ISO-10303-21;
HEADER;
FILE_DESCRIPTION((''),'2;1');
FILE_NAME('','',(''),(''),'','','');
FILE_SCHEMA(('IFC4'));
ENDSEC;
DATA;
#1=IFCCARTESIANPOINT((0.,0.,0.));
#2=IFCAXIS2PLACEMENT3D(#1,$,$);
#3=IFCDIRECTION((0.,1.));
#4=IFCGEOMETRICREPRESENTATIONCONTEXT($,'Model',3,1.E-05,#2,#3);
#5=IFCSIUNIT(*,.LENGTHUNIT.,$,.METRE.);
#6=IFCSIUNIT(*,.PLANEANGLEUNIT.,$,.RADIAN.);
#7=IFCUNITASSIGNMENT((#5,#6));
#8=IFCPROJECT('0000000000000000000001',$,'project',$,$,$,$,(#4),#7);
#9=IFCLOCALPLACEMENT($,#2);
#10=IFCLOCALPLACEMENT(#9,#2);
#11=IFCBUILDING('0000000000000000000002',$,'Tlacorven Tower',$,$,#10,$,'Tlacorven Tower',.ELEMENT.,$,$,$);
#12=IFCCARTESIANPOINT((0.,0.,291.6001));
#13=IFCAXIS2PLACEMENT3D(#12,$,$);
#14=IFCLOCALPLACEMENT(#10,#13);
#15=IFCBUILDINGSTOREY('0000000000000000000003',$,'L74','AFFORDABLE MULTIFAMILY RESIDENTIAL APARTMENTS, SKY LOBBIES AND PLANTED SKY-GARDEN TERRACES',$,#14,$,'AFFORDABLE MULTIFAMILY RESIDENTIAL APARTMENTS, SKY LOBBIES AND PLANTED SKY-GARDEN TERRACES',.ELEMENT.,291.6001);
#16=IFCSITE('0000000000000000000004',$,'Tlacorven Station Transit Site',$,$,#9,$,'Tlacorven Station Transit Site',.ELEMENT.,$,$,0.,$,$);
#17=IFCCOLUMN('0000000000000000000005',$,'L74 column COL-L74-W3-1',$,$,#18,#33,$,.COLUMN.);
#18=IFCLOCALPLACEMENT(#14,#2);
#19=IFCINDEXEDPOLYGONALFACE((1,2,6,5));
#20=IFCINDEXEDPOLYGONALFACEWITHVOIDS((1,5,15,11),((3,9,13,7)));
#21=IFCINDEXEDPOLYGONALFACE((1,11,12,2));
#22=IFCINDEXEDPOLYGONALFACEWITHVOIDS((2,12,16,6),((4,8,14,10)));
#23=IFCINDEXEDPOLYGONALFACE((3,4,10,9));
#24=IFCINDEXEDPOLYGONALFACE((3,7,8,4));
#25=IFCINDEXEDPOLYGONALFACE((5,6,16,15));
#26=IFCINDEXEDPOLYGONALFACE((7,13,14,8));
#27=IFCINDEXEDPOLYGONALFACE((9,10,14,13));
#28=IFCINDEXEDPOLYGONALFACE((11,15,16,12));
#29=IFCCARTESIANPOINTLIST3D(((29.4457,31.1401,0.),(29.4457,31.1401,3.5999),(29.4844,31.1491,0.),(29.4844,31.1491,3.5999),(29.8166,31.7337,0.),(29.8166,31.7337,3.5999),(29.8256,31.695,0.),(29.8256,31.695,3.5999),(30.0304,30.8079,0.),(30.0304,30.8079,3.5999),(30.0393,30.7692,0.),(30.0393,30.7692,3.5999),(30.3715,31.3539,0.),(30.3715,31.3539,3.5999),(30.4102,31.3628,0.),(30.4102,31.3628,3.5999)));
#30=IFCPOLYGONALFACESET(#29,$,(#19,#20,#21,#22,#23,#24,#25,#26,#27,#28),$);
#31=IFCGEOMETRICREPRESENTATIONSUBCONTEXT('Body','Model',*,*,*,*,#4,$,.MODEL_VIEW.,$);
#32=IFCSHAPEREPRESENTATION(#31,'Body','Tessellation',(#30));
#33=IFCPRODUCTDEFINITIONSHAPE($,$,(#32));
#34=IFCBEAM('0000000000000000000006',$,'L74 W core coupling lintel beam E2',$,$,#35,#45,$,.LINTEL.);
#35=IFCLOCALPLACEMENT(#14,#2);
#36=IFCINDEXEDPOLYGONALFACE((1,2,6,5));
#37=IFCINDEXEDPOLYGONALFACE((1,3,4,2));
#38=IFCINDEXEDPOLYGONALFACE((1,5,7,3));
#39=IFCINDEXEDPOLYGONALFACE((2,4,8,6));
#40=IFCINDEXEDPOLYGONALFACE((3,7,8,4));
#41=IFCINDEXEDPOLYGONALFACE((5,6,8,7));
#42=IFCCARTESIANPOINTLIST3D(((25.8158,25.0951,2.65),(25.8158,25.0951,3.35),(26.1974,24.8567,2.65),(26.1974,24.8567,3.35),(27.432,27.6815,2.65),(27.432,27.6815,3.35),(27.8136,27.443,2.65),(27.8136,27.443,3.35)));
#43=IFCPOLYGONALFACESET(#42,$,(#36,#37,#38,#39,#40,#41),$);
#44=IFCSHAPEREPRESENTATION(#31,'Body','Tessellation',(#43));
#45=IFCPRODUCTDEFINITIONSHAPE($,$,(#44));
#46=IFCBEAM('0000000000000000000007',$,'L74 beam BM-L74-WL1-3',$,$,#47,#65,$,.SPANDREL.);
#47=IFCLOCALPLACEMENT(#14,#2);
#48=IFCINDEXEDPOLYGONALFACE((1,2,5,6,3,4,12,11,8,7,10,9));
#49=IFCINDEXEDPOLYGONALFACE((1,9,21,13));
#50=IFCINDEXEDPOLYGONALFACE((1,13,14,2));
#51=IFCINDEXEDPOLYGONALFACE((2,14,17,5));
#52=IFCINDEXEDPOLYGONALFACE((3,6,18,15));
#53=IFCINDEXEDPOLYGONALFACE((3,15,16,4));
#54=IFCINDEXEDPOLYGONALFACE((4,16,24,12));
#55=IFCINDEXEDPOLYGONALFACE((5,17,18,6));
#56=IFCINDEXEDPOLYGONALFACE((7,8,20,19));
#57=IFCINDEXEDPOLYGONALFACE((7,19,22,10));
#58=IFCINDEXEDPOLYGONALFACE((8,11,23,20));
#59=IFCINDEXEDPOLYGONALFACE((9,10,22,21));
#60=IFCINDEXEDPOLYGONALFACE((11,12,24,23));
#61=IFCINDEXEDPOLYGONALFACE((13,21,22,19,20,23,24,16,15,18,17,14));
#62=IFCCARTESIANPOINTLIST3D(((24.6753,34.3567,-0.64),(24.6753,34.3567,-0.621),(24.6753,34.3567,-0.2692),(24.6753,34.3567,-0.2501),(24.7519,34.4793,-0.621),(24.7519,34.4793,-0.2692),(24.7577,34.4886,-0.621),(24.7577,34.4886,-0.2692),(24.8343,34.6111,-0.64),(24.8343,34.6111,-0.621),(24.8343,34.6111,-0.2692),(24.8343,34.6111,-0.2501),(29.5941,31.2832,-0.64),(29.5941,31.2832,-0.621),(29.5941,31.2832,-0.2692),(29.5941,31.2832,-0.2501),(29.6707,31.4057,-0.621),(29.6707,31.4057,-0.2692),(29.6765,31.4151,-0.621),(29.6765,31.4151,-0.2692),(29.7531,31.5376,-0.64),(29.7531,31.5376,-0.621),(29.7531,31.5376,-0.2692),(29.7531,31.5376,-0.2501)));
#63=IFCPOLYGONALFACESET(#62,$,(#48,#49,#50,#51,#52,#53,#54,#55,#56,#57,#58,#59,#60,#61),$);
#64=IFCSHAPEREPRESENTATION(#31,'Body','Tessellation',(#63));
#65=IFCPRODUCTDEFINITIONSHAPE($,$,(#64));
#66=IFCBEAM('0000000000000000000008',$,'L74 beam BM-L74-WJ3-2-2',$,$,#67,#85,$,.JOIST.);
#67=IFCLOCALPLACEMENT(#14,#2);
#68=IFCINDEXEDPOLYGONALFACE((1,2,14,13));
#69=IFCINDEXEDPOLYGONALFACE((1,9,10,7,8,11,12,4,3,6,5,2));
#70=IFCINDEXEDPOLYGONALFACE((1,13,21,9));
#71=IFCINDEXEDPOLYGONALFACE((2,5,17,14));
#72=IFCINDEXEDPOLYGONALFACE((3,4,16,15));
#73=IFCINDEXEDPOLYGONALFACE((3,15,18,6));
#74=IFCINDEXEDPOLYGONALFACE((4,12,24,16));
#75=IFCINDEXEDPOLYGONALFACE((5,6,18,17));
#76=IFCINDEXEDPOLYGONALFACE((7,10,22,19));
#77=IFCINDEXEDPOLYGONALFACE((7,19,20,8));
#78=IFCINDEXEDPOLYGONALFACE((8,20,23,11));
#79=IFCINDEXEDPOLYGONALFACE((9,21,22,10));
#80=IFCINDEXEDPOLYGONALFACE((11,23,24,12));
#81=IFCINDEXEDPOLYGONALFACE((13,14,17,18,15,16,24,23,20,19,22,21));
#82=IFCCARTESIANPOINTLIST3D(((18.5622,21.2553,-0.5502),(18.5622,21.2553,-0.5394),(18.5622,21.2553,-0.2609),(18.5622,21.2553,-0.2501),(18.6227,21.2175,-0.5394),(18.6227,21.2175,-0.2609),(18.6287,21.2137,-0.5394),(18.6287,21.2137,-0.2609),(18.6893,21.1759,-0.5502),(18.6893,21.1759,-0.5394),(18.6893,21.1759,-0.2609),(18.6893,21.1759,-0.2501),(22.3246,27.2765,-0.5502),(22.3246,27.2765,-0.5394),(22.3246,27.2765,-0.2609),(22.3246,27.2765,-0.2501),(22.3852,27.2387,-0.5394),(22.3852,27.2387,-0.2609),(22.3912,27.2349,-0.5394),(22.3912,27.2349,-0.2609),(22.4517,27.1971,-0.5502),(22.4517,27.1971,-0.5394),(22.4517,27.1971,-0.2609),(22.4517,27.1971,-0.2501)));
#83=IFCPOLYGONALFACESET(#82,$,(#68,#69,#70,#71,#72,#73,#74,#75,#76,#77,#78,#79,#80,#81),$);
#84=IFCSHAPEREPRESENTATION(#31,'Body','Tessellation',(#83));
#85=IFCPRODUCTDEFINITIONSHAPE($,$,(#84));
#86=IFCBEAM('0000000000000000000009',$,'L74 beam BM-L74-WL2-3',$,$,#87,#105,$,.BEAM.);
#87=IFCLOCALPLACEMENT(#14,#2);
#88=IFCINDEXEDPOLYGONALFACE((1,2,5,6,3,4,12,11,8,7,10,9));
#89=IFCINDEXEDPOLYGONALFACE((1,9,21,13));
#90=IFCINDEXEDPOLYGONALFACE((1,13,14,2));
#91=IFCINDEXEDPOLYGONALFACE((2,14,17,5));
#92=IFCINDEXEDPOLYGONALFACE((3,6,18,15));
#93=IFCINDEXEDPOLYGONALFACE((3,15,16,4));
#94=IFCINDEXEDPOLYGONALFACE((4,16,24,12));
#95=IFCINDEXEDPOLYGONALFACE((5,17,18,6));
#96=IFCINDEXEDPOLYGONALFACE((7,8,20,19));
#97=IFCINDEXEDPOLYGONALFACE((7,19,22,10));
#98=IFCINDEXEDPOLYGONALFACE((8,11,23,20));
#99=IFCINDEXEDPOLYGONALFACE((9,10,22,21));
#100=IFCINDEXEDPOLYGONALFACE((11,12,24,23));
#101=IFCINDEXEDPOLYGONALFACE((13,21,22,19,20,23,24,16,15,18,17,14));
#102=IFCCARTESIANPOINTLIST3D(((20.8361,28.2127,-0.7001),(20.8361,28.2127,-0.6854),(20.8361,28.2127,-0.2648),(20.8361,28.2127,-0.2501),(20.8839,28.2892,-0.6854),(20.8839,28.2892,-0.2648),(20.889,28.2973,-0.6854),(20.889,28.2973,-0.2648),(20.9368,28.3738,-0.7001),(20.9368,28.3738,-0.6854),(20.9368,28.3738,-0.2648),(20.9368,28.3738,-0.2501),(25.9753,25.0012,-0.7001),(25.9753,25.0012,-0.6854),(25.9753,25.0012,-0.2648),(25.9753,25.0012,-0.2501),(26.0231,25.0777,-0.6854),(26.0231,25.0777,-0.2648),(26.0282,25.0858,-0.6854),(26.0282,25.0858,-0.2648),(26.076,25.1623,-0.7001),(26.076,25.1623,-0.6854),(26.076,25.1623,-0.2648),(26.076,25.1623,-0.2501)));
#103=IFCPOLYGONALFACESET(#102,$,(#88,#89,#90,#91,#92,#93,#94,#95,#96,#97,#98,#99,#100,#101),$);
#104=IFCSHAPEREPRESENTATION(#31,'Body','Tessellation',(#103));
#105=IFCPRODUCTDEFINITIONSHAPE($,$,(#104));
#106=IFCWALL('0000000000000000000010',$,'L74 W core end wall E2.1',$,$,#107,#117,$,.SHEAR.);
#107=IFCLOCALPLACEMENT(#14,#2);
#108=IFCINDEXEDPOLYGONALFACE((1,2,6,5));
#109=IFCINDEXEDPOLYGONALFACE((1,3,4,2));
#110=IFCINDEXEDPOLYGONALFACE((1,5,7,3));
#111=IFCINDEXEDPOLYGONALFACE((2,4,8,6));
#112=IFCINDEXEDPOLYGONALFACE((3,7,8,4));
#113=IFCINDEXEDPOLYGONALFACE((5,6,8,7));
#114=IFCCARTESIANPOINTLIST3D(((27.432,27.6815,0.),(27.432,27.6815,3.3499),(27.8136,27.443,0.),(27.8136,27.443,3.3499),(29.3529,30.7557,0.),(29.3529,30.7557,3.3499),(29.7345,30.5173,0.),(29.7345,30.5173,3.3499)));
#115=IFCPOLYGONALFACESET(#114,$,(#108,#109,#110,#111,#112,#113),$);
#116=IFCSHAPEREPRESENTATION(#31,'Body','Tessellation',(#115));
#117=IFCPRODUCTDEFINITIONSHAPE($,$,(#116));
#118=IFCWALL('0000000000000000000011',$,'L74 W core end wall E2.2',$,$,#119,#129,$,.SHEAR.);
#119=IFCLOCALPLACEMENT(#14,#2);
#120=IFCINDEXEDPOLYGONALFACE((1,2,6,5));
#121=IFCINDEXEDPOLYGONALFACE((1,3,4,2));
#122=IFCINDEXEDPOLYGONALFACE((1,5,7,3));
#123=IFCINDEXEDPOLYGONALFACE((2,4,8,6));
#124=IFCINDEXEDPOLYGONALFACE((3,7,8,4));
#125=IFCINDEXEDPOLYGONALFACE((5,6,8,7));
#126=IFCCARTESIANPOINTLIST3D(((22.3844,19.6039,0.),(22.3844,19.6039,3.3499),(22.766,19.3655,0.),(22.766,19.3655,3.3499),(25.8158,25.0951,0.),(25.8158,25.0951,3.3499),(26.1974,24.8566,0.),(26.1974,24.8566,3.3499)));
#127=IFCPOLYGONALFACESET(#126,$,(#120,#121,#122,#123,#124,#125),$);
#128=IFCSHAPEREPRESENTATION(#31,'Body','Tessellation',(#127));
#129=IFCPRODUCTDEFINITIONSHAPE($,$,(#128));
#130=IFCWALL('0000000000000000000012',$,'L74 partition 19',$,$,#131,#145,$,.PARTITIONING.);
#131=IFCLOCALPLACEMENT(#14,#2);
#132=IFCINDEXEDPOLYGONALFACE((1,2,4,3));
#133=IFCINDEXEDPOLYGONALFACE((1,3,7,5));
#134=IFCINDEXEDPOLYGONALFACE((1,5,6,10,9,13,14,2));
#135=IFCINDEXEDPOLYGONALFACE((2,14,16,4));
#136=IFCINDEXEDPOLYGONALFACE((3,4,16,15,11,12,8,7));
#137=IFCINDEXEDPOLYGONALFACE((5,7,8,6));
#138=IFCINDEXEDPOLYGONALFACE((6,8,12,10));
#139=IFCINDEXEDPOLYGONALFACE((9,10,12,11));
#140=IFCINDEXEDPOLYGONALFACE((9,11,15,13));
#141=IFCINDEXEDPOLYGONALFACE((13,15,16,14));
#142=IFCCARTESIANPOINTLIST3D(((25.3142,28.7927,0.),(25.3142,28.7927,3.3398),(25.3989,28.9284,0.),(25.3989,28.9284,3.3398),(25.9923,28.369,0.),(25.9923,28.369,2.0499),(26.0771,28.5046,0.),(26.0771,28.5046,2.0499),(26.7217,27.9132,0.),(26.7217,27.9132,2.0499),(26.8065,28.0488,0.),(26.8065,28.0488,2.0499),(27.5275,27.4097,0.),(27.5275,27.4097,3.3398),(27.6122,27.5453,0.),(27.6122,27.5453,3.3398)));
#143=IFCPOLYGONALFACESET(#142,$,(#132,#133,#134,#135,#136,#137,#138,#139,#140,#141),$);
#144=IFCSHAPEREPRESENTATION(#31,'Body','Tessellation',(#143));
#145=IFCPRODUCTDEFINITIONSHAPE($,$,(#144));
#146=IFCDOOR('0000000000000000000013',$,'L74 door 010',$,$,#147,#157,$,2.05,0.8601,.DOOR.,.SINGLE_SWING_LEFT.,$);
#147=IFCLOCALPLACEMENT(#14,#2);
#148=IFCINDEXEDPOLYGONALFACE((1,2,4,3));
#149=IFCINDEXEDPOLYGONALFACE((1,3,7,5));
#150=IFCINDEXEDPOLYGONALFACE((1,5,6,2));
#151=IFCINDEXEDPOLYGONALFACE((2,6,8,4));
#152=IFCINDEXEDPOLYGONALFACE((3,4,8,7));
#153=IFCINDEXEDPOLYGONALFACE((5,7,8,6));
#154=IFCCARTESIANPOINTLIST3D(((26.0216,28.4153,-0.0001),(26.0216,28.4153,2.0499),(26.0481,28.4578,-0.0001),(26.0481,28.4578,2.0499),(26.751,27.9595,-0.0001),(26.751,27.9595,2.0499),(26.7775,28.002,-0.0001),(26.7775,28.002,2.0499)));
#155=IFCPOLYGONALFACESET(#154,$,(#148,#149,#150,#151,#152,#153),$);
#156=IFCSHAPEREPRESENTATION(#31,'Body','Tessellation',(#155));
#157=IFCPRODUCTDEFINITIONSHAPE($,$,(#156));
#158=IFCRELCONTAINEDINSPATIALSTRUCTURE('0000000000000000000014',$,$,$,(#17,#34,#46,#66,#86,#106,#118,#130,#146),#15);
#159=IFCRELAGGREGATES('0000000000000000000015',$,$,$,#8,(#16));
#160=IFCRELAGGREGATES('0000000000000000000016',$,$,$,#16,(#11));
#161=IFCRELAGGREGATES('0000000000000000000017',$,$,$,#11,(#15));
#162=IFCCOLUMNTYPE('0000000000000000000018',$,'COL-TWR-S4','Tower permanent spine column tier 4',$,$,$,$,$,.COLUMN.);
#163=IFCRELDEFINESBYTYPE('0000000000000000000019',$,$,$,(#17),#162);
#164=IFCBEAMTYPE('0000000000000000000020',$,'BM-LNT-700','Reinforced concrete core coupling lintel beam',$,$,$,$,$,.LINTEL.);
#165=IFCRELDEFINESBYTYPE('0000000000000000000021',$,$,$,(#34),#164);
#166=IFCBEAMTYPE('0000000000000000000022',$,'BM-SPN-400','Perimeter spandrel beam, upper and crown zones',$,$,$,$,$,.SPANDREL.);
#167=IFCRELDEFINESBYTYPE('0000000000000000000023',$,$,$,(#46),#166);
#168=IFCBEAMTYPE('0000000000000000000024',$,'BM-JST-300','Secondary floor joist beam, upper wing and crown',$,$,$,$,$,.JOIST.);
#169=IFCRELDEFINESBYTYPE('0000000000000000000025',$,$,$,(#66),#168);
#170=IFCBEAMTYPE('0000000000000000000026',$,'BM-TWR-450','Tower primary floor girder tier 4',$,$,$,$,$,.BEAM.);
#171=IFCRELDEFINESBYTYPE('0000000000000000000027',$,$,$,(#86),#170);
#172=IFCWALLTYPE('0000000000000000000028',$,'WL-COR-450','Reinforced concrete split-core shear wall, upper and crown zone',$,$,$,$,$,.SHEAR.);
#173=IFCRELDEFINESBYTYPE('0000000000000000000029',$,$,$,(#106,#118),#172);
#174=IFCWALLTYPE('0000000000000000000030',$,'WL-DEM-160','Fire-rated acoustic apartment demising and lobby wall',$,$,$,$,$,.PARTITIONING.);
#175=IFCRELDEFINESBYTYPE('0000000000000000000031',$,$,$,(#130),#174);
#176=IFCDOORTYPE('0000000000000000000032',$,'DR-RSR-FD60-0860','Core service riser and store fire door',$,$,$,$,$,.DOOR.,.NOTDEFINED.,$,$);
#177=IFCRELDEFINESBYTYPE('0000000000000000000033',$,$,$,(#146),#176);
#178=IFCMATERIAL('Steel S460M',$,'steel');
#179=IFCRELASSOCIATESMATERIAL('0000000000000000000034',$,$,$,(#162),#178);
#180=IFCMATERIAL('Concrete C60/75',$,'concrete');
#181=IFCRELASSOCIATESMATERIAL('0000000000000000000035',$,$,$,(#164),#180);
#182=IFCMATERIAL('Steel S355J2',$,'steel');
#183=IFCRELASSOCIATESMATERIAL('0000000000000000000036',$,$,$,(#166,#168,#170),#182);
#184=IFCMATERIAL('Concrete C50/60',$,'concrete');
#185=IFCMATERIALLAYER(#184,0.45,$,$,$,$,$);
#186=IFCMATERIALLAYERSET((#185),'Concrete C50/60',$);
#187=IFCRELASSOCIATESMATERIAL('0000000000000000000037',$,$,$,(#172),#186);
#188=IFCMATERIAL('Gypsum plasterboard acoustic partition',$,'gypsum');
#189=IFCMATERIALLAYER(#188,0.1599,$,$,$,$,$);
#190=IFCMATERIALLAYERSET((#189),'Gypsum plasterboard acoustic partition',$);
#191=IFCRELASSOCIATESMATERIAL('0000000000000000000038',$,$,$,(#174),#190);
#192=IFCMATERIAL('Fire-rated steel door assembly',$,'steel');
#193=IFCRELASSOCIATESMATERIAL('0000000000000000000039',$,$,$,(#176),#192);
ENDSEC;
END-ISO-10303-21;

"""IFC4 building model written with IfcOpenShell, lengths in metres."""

from ifc_helpers import new_model, si_unit, direction, frame, frame_2d, origin, origin_2d, place, context, subcontext, project, spatial, rectangle, hollow_rectangle, i_section, extrude, source, transform, mapped, material, layer, layer_set, material_profile, profile_set, type_object, element, fill, save


model = new_model("IFC4")

# Units and contexts
model_context = context("Model", 3, precision=1e-05, world=origin(), true_north=direction((0.0, 1.0)))
body_context = subcontext(model_context, "Body", "Model", "MODEL_VIEW")
ifc_project = project(units=[si_unit("LENGTHUNIT", "METRE"), si_unit("PLANEANGLEUNIT", "RADIAN")], contexts=[model_context])

# Site, building, storey
site_placement = place(None, origin())
site = spatial("IfcSite", under=ifc_project, at=site_placement, Name="Tlacorven Station Transit Site", LongName="Tlacorven Station Transit Site", CompositionType="ELEMENT", RefElevation=0.0)
building_placement = place(site_placement, origin())
building = spatial("IfcBuilding", under=site, at=building_placement, Name="Tlacorven Tower", LongName="Tlacorven Tower", CompositionType="ELEMENT")
storey_placement = place(building_placement, frame((0.0, 0.0, 291.6001)))
storey = spatial("IfcBuildingStorey", under=building, at=storey_placement, Name="L74", Description="AFFORDABLE MULTIFAMILY RESIDENTIAL APARTMENTS, SKY LOBBIES AND PLANTED SKY-GARDEN TERRACES", LongName="AFFORDABLE MULTIFAMILY RESIDENTIAL APARTMENTS, SKY LOBBIES AND PLANTED SKY-GARDEN TERRACES", CompositionType="ELEMENT", Elevation=291.6001)

# Column
ifc_material_1 = material(Name="Steel S460M", Category="steel")
ifc_material_profile_1 = material_profile(ifc_material_1, hollow_rectangle(XDim=0.7, YDim=0.7, WallThickness=0.0281, at=origin_2d()), Name="BOX 700X700X28")
ifc_profile_set_1 = profile_set([ifc_material_profile_1], Name="Steel S460M")
column_type = type_object("IfcColumnType", Name="COL-TWR-S4", Description="Tower permanent spine column tier 4", PredefinedType="COLUMN", material=ifc_profile_set_1)
shared_shape_1 = source(origin(), body_context, "Body", "SweptSolid", [
    extrude(hollow_rectangle(XDim=0.7, YDim=0.7, WallThickness=0.0281, at=origin_2d()), origin(), (0.0, 0.0, 1.0), 3.5999),
])
column_placement = place(storey_placement, frame((29.928, 31.2515, 0.0), z_axis=(0.0, 0.0, 1.0), x_axis=(-0.848048, 0.529919, 0.0)))
element("IfcColumn", 1, at=column_placement, inside=storey, type_object=column_type, Name="L74 column COL-L74-W3-1", PredefinedType="COLUMN", context=body_context, shape_type="MappedRepresentation", body=[
    mapped(shared_shape_1, transform((0.0, 0.0, 0.0), scale=1.0)),
])

# Beams
ifc_material_2 = material(Name="Concrete C60/75", Category="concrete")
ifc_material_profile_2 = material_profile(ifc_material_2, rectangle(XDim=0.45, YDim=0.7, at=origin_2d()), Name="RC 450X700")
ifc_profile_set_2 = profile_set([ifc_material_profile_2], Name="Concrete C60/75")
beam_type_1 = type_object("IfcBeamType", Name="BM-LNT-700", Description="Reinforced concrete core coupling lintel beam", PredefinedType="LINTEL", material=ifc_profile_set_2)
shared_shape_2 = source(origin(), body_context, "Body", "SweptSolid", [
    extrude(rectangle(XDim=0.45, YDim=0.7, at=origin_2d()), origin(), (0.0, 0.0, 1.0), 3.0498),
])
beam_1_placement = place(storey_placement, frame((27.6228, 27.5623, 3.0), z_axis=(-0.529927, -0.848043, 0.0), x_axis=(0.848043, -0.529927, 0.0)))
element("IfcBeam", 2, at=beam_1_placement, inside=storey, type_object=beam_type_1, Name="L74 W core coupling lintel beam E2", PredefinedType="LINTEL", context=body_context, shape_type="MappedRepresentation", body=[
    mapped(shared_shape_2, transform((0.0, 0.0, 0.0), scale=1.0)),
])
ifc_material_3 = material(Name="Steel S355J2", Category="steel")
ifc_material_profile_3 = material_profile(ifc_material_3, i_section(OverallWidth=0.3, OverallDepth=0.3899, WebThickness=0.011, FlangeThickness=0.019, at=origin_2d()), Name="HEA 400")
ifc_profile_set_3 = profile_set([ifc_material_profile_3], Name="Steel S355J2")
beam_type_2 = type_object("IfcBeamType", Name="BM-SPN-400", Description="Perimeter spandrel beam, upper and crown zones", PredefinedType="SPANDREL", material=ifc_profile_set_3)
shared_shape_3 = source(origin(), body_context, "Body", "SweptSolid", [
    extrude(i_section(OverallWidth=0.3, OverallDepth=0.3899, WebThickness=0.011, FlangeThickness=0.019, at=origin_2d()), origin(), (0.0, 0.0, 1.0), 5.8),
])
beam_2_placement = place(storey_placement, frame((29.6736, 31.4104, -0.4451), z_axis=(-0.848053, 0.529912, 0.0), x_axis=(-0.529912, -0.848053, 0.0)))
element("IfcBeam", 3, at=beam_2_placement, inside=storey, type_object=beam_type_2, Name="L74 beam BM-L74-WL1-3", PredefinedType="SPANDREL", context=body_context, shape_type="MappedRepresentation", body=[
    mapped(shared_shape_3, transform((0.0, 0.0, 0.0), scale=1.0)),
])
ifc_material_profile_4 = material_profile(ifc_material_3, i_section(OverallWidth=0.1499, OverallDepth=0.3, WebThickness=0.0071, FlangeThickness=0.0107, at=origin_2d()), Name="IPE 300")
ifc_profile_set_4 = profile_set([ifc_material_profile_4], Name="Steel S355J2")
beam_type_3 = type_object("IfcBeamType", Name="BM-JST-300", Description="Secondary floor joist beam, upper wing and crown", PredefinedType="JOIST", material=ifc_profile_set_4)
shared_shape_4 = source(origin(), body_context, "Body", "SweptSolid", [
    extrude(i_section(OverallWidth=0.1499, OverallDepth=0.3, WebThickness=0.0071, FlangeThickness=0.0107, at=origin_2d()), origin(), (0.0, 0.0, 1.0), 7.1001),
])
beam_3_placement = place(storey_placement, frame((22.3882, 27.2368, -0.4001), z_axis=(-0.529915, -0.84805, 0.0), x_axis=(0.84805, -0.529915, 0.0)))
element("IfcBeam", 4, at=beam_3_placement, inside=storey, type_object=beam_type_3, Name="L74 beam BM-L74-WJ3-2-2", PredefinedType="JOIST", context=body_context, shape_type="MappedRepresentation", body=[
    mapped(shared_shape_4, transform((0.0, 0.0, 0.0), scale=1.0)),
])
ifc_material_profile_5 = material_profile(ifc_material_3, i_section(OverallWidth=0.1899, OverallDepth=0.45, WebThickness=0.0095, FlangeThickness=0.0146, at=origin_2d()), Name="IPE 450")
ifc_profile_set_5 = profile_set([ifc_material_profile_5], Name="Steel S355J2")
beam_type_4 = type_object("IfcBeamType", Name="BM-TWR-450", Description="Tower primary floor girder tier 4", PredefinedType="BEAM", material=ifc_profile_set_5)
shared_shape_5 = source(origin(), body_context, "Body", "SweptSolid", [
    extrude(i_section(OverallWidth=0.1899, OverallDepth=0.45, WebThickness=0.0095, FlangeThickness=0.0146, at=origin_2d()), origin(), (0.0, 0.0, 1.0), 6.0601),
])
beam_4_placement = place(storey_placement, frame((26.0256, 25.0818, -0.4751), z_axis=(-0.848039, 0.529934, 0.0), x_axis=(-0.529934, -0.848039, 0.0)))
element("IfcBeam", 5, at=beam_4_placement, inside=storey, type_object=beam_type_4, Name="L74 beam BM-L74-WL2-3", PredefinedType="BEAM", context=body_context, shape_type="MappedRepresentation", body=[
    mapped(shared_shape_5, transform((0.0, 0.0, 0.0), scale=1.0)),
])

# Walls
ifc_material_4 = material(Name="Concrete C50/60", Category="concrete")
ifc_layer_1 = layer(ifc_material_4, 0.45)
ifc_layer_set_1 = layer_set([ifc_layer_1], Name="Concrete C50/60")
wall_type_1 = type_object("IfcWallType", Name="WL-COR-450", Description="Reinforced concrete split-core shear wall, upper and crown zone", PredefinedType="SHEAR", material=ifc_layer_set_1)
wall_1_placement = place(storey_placement, frame((29.5437, 30.6365, 0.0), z_axis=(0.0, 0.0, 1.0), x_axis=(-0.529902, -0.848059, 0.0)))
element("IfcWall", 6, at=wall_1_placement, inside=storey, type_object=wall_type_1, Name="L74 W core end wall E2.1", PredefinedType="SHEAR", context=body_context, shape_type="SweptSolid", body=[
    extrude(rectangle(XDim=3.625, YDim=0.45, at=frame_2d((1.8125, 0.0))), origin(), (0.0, 0.0, 1.0), 3.3499),
])
wall_2_placement = place(storey_placement, frame((26.0066, 24.9758, 0.0), z_axis=(0.0, 0.0, 1.0), x_axis=(-0.529931, -0.848041, 0.0)))
element("IfcWall", 7, at=wall_2_placement, inside=storey, type_object=wall_type_1, Name="L74 W core end wall E2.2", PredefinedType="SHEAR", context=body_context, shape_type="SweptSolid", body=[
    extrude(rectangle(XDim=6.4751, YDim=0.45, at=frame_2d((3.2375, 0.0))), origin(), (0.0, 0.0, 1.0), 3.3499),
])

# Wall, opening, door
ifc_material_5 = material(Name="Gypsum plasterboard acoustic partition", Category="gypsum")
ifc_layer_2 = layer(ifc_material_5, 0.1599)
ifc_layer_set_2 = layer_set([ifc_layer_2], Name="Gypsum plasterboard acoustic partition")
wall_type_2 = type_object("IfcWallType", Name="WL-DEM-160", Description="Fire-rated acoustic apartment demising and lobby wall", PredefinedType="PARTITIONING", material=ifc_layer_set_2)
wall_3_placement = place(storey_placement, frame((27.5698, 27.4775, 0.0), z_axis=(0.0, 0.0, 1.0), x_axis=(-0.848051, 0.529915, 0.0)))
wall_3 = element("IfcWall", 8, at=wall_3_placement, inside=storey, type_object=wall_type_2, Name="L74 partition 19", PredefinedType="PARTITIONING", context=body_context, shape_type="SweptSolid", body=[
    extrude(rectangle(XDim=2.6099, YDim=0.1599, at=frame_2d((1.3049, 0.0))), origin(), (0.0, 0.0, 1.0), 3.3398),
])
opening_1_placement = place(wall_3_placement, frame((0.95, 0.0, 0.0)))
opening_1 = element("IfcOpeningElement", 9, at=opening_1_placement, cuts=wall_3, PredefinedType="OPENING", context=body_context, shape_type="SweptSolid", body=[
    extrude(rectangle(XDim=0.8601, YDim=2.05, at=frame_2d((0.4302, 1.0249))), frame((0.0, 0.0898, 0.0), z_axis=(0.0, -1.0, 0.0), x_axis=(1.0, 0.0, 0.0)), (0.0, 0.0, 1.0), 0.1799),
])
ifc_material_6 = material(Name="Fire-rated steel door assembly", Category="steel")
door_type_1 = type_object("IfcDoorType", Name="DR-RSR-FD60-0860", Description="Core service riser and store fire door", OperationType="NOTDEFINED", PredefinedType="DOOR", material=ifc_material_6)
shared_shape_6 = source(origin(), body_context, "Body", "SweptSolid", [
    extrude(rectangle(XDim=0.8601, YDim=2.05, at=frame_2d((0.4302, 1.0249))), frame((0.0, 0.0249, 0.0), z_axis=(0.0, -1.0, 0.0), x_axis=(1.0, 0.0, 0.0)), (0.0, 0.0, 1.0), 0.05),
])
door_1_placement = place(opening_1_placement, frame((0.8601, 0.0, 0.0), z_axis=(0.0, 0.0, 1.0), x_axis=(-1.0, 0.0, 0.0)))
door_1 = element("IfcDoor", 10, at=door_1_placement, inside=storey, type_object=door_type_1, Name="L74 door 010", OperationType="SINGLE_SWING_LEFT", OverallHeight=2.05, OverallWidth=0.8601, PredefinedType="DOOR", context=body_context, shape_type="MappedRepresentation", body=[
    mapped(shared_shape_6, transform((0.0, 0.0, 0.0), scale=1.0)),
])
fill(opening_1, door_1)

save(model, "model.ifc")
